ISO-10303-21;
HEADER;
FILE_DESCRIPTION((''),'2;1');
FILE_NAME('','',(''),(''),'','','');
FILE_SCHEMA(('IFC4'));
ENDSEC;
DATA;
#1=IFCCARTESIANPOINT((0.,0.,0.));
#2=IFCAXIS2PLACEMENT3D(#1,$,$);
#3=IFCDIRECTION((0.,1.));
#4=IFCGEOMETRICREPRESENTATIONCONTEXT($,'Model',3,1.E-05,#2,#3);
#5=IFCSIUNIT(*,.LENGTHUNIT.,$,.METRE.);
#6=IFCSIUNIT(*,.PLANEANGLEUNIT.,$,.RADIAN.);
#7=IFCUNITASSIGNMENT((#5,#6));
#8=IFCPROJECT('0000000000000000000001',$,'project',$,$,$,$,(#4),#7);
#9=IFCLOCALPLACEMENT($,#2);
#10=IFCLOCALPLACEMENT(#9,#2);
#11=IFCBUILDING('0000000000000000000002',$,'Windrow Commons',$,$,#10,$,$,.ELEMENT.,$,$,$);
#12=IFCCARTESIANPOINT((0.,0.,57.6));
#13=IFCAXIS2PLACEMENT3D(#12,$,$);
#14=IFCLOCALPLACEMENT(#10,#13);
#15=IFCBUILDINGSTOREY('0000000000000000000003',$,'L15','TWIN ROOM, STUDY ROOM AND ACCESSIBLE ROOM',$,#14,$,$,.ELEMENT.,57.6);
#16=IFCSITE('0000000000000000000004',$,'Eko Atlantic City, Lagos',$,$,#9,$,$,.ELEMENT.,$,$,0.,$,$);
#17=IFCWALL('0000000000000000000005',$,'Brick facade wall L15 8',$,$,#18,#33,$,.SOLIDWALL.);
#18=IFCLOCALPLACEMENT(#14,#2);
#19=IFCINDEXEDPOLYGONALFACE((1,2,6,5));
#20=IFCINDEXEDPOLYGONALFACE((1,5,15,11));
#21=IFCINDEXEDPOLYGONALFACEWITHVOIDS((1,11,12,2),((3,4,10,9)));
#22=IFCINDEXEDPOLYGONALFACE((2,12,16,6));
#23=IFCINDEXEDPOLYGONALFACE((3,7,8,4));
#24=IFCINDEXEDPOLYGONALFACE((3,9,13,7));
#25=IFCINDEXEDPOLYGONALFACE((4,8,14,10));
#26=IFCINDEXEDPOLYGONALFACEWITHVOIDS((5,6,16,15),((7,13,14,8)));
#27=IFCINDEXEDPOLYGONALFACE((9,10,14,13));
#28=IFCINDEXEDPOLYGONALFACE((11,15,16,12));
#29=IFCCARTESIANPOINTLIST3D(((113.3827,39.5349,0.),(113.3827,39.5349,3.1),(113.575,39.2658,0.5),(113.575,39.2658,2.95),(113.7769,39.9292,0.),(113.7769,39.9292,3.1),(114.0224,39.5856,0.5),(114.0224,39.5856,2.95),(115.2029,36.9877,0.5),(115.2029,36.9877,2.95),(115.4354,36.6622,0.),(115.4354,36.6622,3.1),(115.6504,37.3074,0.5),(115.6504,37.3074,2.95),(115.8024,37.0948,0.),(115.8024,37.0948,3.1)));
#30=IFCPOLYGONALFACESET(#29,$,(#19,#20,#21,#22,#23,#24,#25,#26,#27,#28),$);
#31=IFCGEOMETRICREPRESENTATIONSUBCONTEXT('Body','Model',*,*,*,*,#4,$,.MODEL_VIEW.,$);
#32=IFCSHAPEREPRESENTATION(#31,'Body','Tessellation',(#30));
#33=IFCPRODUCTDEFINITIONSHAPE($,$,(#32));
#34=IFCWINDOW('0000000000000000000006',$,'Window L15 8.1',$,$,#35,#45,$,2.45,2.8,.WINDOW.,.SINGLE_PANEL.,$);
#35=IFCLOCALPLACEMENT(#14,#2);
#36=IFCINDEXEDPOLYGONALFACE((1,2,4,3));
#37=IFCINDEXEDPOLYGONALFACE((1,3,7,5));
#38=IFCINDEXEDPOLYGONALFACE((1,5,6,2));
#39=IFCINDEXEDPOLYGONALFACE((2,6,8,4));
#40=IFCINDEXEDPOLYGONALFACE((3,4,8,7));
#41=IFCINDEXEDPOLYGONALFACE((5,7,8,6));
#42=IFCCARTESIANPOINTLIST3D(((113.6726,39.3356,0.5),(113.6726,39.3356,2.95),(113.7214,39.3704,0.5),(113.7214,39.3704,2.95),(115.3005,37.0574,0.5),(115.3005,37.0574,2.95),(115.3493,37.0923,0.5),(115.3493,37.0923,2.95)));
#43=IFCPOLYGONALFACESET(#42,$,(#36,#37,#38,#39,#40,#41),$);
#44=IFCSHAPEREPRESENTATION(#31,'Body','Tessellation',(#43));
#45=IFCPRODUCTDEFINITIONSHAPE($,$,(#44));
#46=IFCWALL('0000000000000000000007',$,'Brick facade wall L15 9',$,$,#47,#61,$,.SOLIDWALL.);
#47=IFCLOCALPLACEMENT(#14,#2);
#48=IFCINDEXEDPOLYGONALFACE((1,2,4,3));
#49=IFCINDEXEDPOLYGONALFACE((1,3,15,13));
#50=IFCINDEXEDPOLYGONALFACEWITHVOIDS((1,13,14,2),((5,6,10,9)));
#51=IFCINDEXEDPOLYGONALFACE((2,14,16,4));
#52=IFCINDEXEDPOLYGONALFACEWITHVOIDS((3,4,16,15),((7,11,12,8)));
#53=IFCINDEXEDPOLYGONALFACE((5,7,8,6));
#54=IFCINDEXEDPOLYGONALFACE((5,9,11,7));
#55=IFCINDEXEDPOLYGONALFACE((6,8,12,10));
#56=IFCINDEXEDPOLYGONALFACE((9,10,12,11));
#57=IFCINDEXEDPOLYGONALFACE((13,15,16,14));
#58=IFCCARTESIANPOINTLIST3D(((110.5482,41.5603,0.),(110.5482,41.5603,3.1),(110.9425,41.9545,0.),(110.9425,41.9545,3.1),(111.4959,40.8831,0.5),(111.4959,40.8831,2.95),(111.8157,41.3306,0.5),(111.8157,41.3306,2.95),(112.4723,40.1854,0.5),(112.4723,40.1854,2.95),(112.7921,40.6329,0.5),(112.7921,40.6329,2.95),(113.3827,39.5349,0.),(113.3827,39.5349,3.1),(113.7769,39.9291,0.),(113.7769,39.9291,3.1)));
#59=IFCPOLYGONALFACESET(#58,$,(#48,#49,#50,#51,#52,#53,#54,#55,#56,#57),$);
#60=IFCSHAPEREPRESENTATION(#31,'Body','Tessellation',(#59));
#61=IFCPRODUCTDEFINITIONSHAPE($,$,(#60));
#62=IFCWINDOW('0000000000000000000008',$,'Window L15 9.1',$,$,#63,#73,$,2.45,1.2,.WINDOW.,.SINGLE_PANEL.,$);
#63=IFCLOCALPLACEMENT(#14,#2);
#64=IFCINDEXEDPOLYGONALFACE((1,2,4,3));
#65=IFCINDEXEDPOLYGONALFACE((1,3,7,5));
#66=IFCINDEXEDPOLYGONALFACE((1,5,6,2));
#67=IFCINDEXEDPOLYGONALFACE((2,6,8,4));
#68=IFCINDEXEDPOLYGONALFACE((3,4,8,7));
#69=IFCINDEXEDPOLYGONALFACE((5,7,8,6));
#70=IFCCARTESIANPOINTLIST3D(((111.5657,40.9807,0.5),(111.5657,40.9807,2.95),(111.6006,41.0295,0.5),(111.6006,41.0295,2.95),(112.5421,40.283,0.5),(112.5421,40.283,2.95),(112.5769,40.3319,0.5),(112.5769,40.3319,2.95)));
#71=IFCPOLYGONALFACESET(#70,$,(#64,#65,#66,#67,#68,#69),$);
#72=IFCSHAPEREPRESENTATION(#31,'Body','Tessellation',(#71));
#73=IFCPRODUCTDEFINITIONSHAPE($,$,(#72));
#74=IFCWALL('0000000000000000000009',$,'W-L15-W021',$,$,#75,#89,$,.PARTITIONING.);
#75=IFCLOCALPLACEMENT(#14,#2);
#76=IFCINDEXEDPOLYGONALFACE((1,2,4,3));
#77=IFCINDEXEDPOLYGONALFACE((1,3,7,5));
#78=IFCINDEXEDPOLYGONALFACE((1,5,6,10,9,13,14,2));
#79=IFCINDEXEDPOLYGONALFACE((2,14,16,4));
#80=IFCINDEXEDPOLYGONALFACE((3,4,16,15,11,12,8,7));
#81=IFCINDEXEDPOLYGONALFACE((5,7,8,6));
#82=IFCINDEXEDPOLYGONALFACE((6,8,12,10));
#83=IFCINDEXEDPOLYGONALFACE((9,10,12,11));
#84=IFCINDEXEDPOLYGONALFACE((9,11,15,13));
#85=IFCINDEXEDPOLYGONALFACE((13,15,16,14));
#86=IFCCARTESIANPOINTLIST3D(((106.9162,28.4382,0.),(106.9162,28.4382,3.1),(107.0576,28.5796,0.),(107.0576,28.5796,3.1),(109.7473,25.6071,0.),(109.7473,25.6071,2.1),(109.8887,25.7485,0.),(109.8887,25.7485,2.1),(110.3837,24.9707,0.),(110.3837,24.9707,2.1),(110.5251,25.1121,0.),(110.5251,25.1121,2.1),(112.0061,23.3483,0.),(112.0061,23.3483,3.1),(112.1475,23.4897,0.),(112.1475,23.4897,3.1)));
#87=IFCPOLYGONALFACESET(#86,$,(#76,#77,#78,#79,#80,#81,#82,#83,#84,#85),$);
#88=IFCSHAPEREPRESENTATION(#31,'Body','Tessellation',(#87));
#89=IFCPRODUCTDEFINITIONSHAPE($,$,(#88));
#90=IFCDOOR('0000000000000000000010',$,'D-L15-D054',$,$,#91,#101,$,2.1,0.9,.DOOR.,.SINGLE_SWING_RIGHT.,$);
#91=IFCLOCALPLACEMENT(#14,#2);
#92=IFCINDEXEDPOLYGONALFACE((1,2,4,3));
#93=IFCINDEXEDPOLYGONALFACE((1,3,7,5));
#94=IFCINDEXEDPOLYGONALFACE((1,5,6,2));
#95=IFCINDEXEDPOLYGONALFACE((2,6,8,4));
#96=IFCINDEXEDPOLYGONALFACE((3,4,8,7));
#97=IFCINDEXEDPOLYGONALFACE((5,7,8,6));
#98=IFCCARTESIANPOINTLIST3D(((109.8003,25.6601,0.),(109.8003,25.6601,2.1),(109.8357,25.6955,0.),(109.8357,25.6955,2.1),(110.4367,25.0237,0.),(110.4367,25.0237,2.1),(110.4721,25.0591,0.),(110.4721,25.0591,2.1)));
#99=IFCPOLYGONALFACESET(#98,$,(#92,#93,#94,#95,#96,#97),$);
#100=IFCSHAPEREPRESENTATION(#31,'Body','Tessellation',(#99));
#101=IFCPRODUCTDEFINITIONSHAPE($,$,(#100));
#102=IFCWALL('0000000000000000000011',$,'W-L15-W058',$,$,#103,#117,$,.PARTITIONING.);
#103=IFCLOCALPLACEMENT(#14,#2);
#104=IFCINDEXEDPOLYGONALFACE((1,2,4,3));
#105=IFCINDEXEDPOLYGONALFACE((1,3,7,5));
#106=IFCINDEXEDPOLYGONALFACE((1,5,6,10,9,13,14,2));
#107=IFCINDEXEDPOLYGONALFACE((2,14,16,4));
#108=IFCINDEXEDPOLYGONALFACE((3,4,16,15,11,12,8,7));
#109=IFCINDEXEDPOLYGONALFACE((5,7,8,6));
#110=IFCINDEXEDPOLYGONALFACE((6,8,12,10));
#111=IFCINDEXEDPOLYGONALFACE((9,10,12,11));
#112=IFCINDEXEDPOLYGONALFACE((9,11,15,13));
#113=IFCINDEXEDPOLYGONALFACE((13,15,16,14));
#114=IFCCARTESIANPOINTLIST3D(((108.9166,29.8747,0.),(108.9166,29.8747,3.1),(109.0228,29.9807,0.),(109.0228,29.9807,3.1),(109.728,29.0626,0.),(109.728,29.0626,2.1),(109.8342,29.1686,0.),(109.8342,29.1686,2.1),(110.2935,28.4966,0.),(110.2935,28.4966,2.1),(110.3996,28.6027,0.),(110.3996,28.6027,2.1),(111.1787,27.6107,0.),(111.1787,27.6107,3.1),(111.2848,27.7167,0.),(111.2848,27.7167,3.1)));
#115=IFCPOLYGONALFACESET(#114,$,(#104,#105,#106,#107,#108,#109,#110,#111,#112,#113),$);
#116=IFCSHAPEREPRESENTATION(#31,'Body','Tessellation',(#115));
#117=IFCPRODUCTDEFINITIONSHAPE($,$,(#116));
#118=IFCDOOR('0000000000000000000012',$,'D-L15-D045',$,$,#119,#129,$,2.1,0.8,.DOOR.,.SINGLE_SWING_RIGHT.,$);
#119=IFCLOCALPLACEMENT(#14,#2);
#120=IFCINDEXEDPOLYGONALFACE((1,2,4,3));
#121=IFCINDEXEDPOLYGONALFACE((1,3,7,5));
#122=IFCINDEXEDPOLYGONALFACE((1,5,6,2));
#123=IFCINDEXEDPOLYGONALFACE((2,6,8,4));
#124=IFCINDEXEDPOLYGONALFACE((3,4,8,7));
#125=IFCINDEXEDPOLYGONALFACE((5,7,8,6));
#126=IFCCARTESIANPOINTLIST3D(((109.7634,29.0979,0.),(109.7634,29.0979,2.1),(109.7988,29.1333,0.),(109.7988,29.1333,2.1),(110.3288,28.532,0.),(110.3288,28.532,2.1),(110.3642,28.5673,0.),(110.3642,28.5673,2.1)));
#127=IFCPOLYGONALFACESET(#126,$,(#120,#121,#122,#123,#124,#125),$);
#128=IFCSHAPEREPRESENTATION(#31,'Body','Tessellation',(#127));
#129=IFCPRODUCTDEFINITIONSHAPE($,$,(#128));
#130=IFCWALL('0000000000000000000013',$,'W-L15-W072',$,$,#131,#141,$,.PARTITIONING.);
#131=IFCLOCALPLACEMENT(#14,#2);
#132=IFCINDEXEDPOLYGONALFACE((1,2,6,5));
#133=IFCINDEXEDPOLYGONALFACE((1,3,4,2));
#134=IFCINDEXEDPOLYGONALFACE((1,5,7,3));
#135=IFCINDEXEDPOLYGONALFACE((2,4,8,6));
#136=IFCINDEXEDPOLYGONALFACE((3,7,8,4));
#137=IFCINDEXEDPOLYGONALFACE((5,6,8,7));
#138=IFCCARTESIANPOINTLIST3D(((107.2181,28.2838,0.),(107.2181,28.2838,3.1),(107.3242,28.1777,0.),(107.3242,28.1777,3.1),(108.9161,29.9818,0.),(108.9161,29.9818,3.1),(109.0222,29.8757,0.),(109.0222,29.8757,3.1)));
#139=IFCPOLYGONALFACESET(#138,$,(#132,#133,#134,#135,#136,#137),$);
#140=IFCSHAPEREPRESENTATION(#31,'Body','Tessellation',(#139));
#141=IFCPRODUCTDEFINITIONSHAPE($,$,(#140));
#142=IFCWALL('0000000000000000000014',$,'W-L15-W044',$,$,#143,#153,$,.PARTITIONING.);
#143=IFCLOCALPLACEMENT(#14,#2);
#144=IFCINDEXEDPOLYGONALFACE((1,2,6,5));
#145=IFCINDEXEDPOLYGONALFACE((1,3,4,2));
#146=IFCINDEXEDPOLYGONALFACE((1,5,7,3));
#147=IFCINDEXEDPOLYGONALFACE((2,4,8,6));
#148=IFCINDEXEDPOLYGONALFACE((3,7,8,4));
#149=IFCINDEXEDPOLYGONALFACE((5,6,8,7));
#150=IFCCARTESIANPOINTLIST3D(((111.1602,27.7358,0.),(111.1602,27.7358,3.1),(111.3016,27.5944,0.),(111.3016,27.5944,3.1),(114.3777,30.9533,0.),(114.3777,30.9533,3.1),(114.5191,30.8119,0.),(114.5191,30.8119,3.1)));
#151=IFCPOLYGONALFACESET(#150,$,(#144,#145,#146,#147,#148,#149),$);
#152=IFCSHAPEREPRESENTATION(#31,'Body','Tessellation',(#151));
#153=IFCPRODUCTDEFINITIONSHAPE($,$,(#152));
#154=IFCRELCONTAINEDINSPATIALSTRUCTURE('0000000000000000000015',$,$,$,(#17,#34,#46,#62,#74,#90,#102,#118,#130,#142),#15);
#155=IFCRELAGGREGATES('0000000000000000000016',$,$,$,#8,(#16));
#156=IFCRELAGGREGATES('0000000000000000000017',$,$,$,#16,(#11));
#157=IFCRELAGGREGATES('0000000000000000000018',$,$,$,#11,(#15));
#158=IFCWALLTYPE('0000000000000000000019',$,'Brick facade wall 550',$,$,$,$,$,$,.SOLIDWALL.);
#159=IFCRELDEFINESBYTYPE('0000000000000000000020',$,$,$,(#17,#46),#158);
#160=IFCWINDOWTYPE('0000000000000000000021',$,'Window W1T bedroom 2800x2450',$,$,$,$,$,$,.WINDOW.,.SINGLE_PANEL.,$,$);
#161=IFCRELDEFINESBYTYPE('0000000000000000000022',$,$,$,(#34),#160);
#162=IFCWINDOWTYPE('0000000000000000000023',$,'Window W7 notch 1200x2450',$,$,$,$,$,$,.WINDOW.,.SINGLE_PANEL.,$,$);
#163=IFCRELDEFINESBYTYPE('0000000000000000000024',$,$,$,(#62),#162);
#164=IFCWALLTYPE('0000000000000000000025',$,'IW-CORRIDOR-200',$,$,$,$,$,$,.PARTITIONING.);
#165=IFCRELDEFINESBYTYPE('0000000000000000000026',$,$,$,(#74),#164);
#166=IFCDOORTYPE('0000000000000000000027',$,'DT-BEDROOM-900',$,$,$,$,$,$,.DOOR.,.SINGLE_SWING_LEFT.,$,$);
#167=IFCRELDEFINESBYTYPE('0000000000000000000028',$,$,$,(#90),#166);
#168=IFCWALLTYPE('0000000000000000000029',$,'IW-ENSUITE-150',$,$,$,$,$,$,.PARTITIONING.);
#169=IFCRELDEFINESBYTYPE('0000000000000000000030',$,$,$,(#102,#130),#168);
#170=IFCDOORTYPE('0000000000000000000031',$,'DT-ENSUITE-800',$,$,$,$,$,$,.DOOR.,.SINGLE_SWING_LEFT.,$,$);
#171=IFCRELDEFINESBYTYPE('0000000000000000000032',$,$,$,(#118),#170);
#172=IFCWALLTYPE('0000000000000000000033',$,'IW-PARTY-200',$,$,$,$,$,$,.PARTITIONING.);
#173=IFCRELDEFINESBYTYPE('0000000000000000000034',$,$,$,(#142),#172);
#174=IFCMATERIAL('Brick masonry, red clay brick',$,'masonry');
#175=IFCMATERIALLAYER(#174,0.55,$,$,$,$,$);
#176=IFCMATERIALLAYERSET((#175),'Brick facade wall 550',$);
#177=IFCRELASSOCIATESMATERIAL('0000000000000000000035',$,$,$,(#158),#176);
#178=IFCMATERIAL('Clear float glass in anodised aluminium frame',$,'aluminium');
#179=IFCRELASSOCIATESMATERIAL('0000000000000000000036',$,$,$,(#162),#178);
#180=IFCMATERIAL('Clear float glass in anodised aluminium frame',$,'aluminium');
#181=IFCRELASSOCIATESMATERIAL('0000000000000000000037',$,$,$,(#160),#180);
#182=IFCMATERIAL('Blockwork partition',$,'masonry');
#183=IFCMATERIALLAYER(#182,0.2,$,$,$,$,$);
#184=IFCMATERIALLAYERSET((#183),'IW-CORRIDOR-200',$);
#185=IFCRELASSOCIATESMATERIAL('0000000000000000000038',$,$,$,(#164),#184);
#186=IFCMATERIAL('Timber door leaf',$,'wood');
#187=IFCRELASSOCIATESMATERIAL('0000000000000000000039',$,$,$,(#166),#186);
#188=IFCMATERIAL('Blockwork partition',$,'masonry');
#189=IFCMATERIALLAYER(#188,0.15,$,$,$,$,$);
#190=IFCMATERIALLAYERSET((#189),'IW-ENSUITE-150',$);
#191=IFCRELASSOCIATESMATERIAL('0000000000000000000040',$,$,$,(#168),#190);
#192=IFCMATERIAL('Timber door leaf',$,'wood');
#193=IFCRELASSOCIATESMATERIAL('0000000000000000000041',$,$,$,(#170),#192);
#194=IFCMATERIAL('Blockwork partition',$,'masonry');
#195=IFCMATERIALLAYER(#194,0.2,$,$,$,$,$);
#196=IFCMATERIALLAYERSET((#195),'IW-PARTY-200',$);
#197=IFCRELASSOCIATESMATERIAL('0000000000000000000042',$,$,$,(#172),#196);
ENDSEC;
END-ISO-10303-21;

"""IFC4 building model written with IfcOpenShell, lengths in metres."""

from ifc_helpers import new_model, si_unit, direction, frame, frame_2d, origin, place, context, subcontext, project, spatial, polyline, rectangle, outline, extrude, material, layer, layer_set, type_object, element, fill, save


model = new_model("IFC4")

# Units and contexts
model_context = context("Model", 3, precision=1e-05, world=origin(), true_north=direction((0.0, 1.0)))
body_context = subcontext(model_context, "Body", "Model", "MODEL_VIEW")
ifc_project = project(units=[si_unit("LENGTHUNIT", "METRE"), si_unit("PLANEANGLEUNIT", "RADIAN")], contexts=[model_context])

# Site, building, storey
site_placement = place(None, origin())
site = spatial("IfcSite", under=ifc_project, at=site_placement, Name="Eko Atlantic City, Lagos", CompositionType="ELEMENT", RefElevation=0.0)
building_placement = place(site_placement, origin())
building = spatial("IfcBuilding", under=site, at=building_placement, Name="Windrow Commons", CompositionType="ELEMENT")
storey_placement = place(building_placement, frame((0.0, 0.0, 57.6)))
storey = spatial("IfcBuildingStorey", under=building, at=storey_placement, Name="L15", Description="TWIN ROOM, STUDY ROOM AND ACCESSIBLE ROOM", CompositionType="ELEMENT", Elevation=57.6)

# Shared definitions
ifc_material_1 = material(Name="Brick masonry, red clay brick", Category="masonry")
ifc_layer_1 = layer(ifc_material_1, 0.55)
ifc_layer_set_1 = layer_set([ifc_layer_1], Name="Brick facade wall 550")
wall_type_1 = type_object("IfcWallType", Name="Brick facade wall 550", PredefinedType="SOLIDWALL", material=ifc_layer_set_1)

# Walls, openings, windows
ifc_material_2 = material(Name="Clear float glass in anodised aluminium frame", Category="aluminium")
window_type_1 = type_object("IfcWindowType", Name="Window W7 notch 1200x2450", PartitioningType="SINGLE_PANEL", PredefinedType="WINDOW", material=ifc_material_2)
wall_1_placement = place(storey_placement, frame((115.6189, 36.8785, 0.0), z_axis=(0.0, 0.0, 1.0), x_axis=(-0.581405, 0.813614, 0.0)))
wall_1 = element("IfcWall", 1, at=wall_1_placement, inside=storey, type_object=wall_type_1, Name="Brick facade wall L15 8", PredefinedType="SOLIDWALL", context=body_context, shape_type="SweptSolid", body=[
    extrude(outline(polyline([(0.0693, -0.275), (3.553, -0.275), (3.4614, 0.275), (-0.0693, 0.275), (0.0693, -0.275)])), origin(), (0.0, 0.0, 1.0), 3.1),
])
opening_1_placement = place(wall_1_placement, frame((0.3307, 0.0, 0.5)))
opening_1 = element("IfcOpeningElement", 2, at=opening_1_placement, cuts=wall_1, PredefinedType="OPENING", context=body_context, shape_type="SweptSolid", body=[
    extrude(rectangle(XDim=2.8, YDim=2.45, at=frame_2d((1.4, 1.225))), frame((0.0, 0.285, 0.0), z_axis=(0.0, -1.0, 0.0), x_axis=(1.0, 0.0, 0.0)), (0.0, 0.0, 1.0), 0.57),
])
ifc_material_3 = material(Name="Clear float glass in anodised aluminium frame", Category="aluminium")
window_type_2 = type_object("IfcWindowType", Name="Window W1T bedroom 2800x2450", PartitioningType="SINGLE_PANEL", PredefinedType="WINDOW", material=ifc_material_3)
window_1_placement = place(opening_1_placement, origin())
window_1 = element("IfcWindow", 3, at=window_1_placement, inside=storey, type_object=window_type_2, Name="Window L15 8.1", OverallHeight=2.45, OverallWidth=2.8, PartitioningType="SINGLE_PANEL", PredefinedType="WINDOW", context=body_context, shape_type="SweptSolid", body=[
    extrude(rectangle(XDim=2.8, YDim=2.45, at=frame_2d((1.4, 1.225))), frame((0.0, 0.155, 0.0), z_axis=(0.0, -1.0, 0.0), x_axis=(1.0, 0.0, 0.0)), (0.0, 0.0, 1.0), 0.06),
])
fill(opening_1, window_1)
wall_2_placement = place(storey_placement, frame((113.5798, 39.732, 0.0), z_axis=(0.0, 0.0, 1.0), x_axis=(-0.813621, 0.581396, 0.0)))
wall_2 = element("IfcWall", 4, at=wall_2_placement, inside=storey, type_object=wall_type_1, Name="Brick facade wall L15 9", PredefinedType="SOLIDWALL", context=body_context, shape_type="SweptSolid", body=[
    extrude(outline(polyline([(-0.0458, -0.275), (3.4379, -0.275), (3.5295, 0.275), (0.0458, 0.275), (-0.0458, -0.275)])), origin(), (0.0, 0.0, 1.0), 3.1),
])
opening_2_placement = place(wall_2_placement, frame((1.1647, 0.0, 0.5)))
opening_2 = element("IfcOpeningElement", 5, at=opening_2_placement, cuts=wall_2, PredefinedType="OPENING", context=body_context, shape_type="SweptSolid", body=[
    extrude(rectangle(XDim=1.2, YDim=2.45, at=frame_2d((0.6, 1.225))), frame((0.0, 0.285, 0.0), z_axis=(0.0, -1.0, 0.0), x_axis=(1.0, 0.0, 0.0)), (0.0, 0.0, 1.0), 0.57),
])
window_2_placement = place(opening_2_placement, origin())
window_2 = element("IfcWindow", 6, at=window_2_placement, inside=storey, type_object=window_type_1, Name="Window L15 9.1", OverallHeight=2.45, OverallWidth=1.2, PartitioningType="SINGLE_PANEL", PredefinedType="WINDOW", context=body_context, shape_type="SweptSolid", body=[
    extrude(rectangle(XDim=1.2, YDim=2.45, at=frame_2d((0.6, 1.225))), frame((0.0, 0.155, 0.0), z_axis=(0.0, -1.0, 0.0), x_axis=(1.0, 0.0, 0.0)), (0.0, 0.0, 1.0), 0.06),
])
fill(opening_2, window_2)

# Walls, openings, doors
ifc_material_4 = material(Name="Blockwork partition", Category="masonry")
ifc_layer_2 = layer(ifc_material_4, 0.2)
ifc_layer_set_2 = layer_set([ifc_layer_2], Name="IW-CORRIDOR-200")
wall_type_2 = type_object("IfcWallType", Name="IW-CORRIDOR-200", PredefinedType="PARTITIONING", material=ifc_layer_set_2)
wall_3_placement = place(storey_placement, frame((106.9869, 28.5089, 0.0), z_axis=(0.0, 0.0, 1.0), x_axis=(0.707107, -0.707107, 0.0)))
wall_3 = element("IfcWall", 7, at=wall_3_placement, inside=storey, type_object=wall_type_2, Name="W-L15-W021", PredefinedType="PARTITIONING", context=body_context, shape_type="SweptSolid", body=[
    extrude(rectangle(XDim=7.1983, YDim=0.2, at=frame_2d((3.5991, 0.0))), origin(), (0.0, 0.0, 1.0), 3.1),
])
opening_3_placement = place(wall_3_placement, frame((4.0038, 0.0, 0.0)))
opening_3 = element("IfcOpeningElement", 8, at=opening_3_placement, cuts=wall_3, PredefinedType="OPENING", context=body_context, shape_type="SweptSolid", body=[
    extrude(rectangle(XDim=0.9, YDim=2.1, at=frame_2d((0.45, 1.05))), frame((0.0, 0.11, 0.0), z_axis=(0.0, -1.0, 0.0), x_axis=(1.0, 0.0, 0.0)), (0.0, 0.0, 1.0), 0.22),
])
ifc_material_5 = material(Name="Timber door leaf", Category="wood")
door_type_1 = type_object("IfcDoorType", Name="DT-BEDROOM-900", OperationType="SINGLE_SWING_LEFT", PredefinedType="DOOR", material=ifc_material_5)
door_1_placement = place(opening_3_placement, origin())
door_1 = element("IfcDoor", 9, at=door_1_placement, inside=storey, type_object=door_type_1, Name="D-L15-D054", OperationType="SINGLE_SWING_RIGHT", OverallHeight=2.1, OverallWidth=0.9, PredefinedType="DOOR", context=body_context, shape_type="SweptSolid", body=[
    extrude(rectangle(XDim=0.9, YDim=2.1, at=frame_2d((0.45, 1.05))), frame((0.0, 0.025, 0.0), z_axis=(0.0, -1.0, 0.0), x_axis=(1.0, 0.0, 0.0)), (0.0, 0.0, 1.0), 0.05),
])
fill(opening_3, door_1)
ifc_material_6 = material(Name="Blockwork partition", Category="masonry")
ifc_layer_3 = layer(ifc_material_6, 0.15)
ifc_layer_set_3 = layer_set([ifc_layer_3], Name="IW-ENSUITE-150")
wall_type_3 = type_object("IfcWallType", Name="IW-ENSUITE-150", PredefinedType="PARTITIONING", material=ifc_layer_set_3)
wall_4_placement = place(storey_placement, frame((108.9697, 29.9277, 0.0), z_axis=(0.0, 0.0, 1.0), x_axis=(0.706794, -0.707419, 0.0)))
wall_4 = element("IfcWall", 10, at=wall_4_placement, inside=storey, type_object=wall_type_3, Name="W-L15-W058", PredefinedType="PARTITIONING", context=body_context, shape_type="SweptSolid", body=[
    extrude(rectangle(XDim=3.2004, YDim=0.15, at=frame_2d((1.6002, 0.0))), origin(), (0.0, 0.0, 1.0), 3.1),
])
opening_4_placement = place(wall_4_placement, frame((1.148, 0.0, 0.0)))
opening_4 = element("IfcOpeningElement", 11, at=opening_4_placement, cuts=wall_4, PredefinedType="OPENING", context=body_context, shape_type="SweptSolid", body=[
    extrude(rectangle(XDim=0.8, YDim=2.1, at=frame_2d((0.4, 1.05))), frame((0.0, 0.085, 0.0), z_axis=(0.0, -1.0, 0.0), x_axis=(1.0, 0.0, 0.0)), (0.0, 0.0, 1.0), 0.17),
])
ifc_material_7 = material(Name="Timber door leaf", Category="wood")
door_type_2 = type_object("IfcDoorType", Name="DT-ENSUITE-800", OperationType="SINGLE_SWING_LEFT", PredefinedType="DOOR", material=ifc_material_7)
door_2_placement = place(opening_4_placement, origin())
door_2 = element("IfcDoor", 12, at=door_2_placement, inside=storey, type_object=door_type_2, Name="D-L15-D045", OperationType="SINGLE_SWING_RIGHT", OverallHeight=2.1, OverallWidth=0.8, PredefinedType="DOOR", context=body_context, shape_type="SweptSolid", body=[
    extrude(rectangle(XDim=0.8, YDim=2.1, at=frame_2d((0.4, 1.05))), frame((0.0, 0.025, 0.0), z_axis=(0.0, -1.0, 0.0), x_axis=(1.0, 0.0, 0.0)), (0.0, 0.0, 1.0), 0.05),
])
fill(opening_4, door_2)

# Walls
wall_5_placement = place(storey_placement, frame((107.2712, 28.2308, 0.0), z_axis=(0.0, 0.0, 1.0), x_axis=(0.707107, 0.707107, 0.0)))
element("IfcWall", 13, at=wall_5_placement, inside=storey, type_object=wall_type_3, Name="W-L15-W072", PredefinedType="PARTITIONING", context=body_context, shape_type="SweptSolid", body=[
    extrude(rectangle(XDim=2.4013, YDim=0.15, at=frame_2d((1.2006, 0.0))), origin(), (0.0, 0.0, 1.0), 3.1),
])
ifc_material_8 = material(Name="Blockwork partition", Category="masonry")
ifc_layer_4 = layer(ifc_material_8, 0.2)
ifc_layer_set_4 = layer_set([ifc_layer_4], Name="IW-PARTY-200")
wall_type_4 = type_object("IfcWallType", Name="IW-PARTY-200", PredefinedType="PARTITIONING", material=ifc_layer_set_4)
wall_6_placement = place(storey_placement, frame((111.2309, 27.6651, 0.0), z_axis=(0.0, 0.0, 1.0), x_axis=(0.707107, 0.707107, 0.0)))
element("IfcWall", 14, at=wall_6_placement, inside=storey, type_object=wall_type_4, Name="W-L15-W044", PredefinedType="PARTITIONING", context=body_context, shape_type="SweptSolid", body=[
    extrude(rectangle(XDim=4.5502, YDim=0.2, at=frame_2d((2.2751, 0.0))), origin(), (0.0, 0.0, 1.0), 3.1),
])

save(model, "model.ifc")
